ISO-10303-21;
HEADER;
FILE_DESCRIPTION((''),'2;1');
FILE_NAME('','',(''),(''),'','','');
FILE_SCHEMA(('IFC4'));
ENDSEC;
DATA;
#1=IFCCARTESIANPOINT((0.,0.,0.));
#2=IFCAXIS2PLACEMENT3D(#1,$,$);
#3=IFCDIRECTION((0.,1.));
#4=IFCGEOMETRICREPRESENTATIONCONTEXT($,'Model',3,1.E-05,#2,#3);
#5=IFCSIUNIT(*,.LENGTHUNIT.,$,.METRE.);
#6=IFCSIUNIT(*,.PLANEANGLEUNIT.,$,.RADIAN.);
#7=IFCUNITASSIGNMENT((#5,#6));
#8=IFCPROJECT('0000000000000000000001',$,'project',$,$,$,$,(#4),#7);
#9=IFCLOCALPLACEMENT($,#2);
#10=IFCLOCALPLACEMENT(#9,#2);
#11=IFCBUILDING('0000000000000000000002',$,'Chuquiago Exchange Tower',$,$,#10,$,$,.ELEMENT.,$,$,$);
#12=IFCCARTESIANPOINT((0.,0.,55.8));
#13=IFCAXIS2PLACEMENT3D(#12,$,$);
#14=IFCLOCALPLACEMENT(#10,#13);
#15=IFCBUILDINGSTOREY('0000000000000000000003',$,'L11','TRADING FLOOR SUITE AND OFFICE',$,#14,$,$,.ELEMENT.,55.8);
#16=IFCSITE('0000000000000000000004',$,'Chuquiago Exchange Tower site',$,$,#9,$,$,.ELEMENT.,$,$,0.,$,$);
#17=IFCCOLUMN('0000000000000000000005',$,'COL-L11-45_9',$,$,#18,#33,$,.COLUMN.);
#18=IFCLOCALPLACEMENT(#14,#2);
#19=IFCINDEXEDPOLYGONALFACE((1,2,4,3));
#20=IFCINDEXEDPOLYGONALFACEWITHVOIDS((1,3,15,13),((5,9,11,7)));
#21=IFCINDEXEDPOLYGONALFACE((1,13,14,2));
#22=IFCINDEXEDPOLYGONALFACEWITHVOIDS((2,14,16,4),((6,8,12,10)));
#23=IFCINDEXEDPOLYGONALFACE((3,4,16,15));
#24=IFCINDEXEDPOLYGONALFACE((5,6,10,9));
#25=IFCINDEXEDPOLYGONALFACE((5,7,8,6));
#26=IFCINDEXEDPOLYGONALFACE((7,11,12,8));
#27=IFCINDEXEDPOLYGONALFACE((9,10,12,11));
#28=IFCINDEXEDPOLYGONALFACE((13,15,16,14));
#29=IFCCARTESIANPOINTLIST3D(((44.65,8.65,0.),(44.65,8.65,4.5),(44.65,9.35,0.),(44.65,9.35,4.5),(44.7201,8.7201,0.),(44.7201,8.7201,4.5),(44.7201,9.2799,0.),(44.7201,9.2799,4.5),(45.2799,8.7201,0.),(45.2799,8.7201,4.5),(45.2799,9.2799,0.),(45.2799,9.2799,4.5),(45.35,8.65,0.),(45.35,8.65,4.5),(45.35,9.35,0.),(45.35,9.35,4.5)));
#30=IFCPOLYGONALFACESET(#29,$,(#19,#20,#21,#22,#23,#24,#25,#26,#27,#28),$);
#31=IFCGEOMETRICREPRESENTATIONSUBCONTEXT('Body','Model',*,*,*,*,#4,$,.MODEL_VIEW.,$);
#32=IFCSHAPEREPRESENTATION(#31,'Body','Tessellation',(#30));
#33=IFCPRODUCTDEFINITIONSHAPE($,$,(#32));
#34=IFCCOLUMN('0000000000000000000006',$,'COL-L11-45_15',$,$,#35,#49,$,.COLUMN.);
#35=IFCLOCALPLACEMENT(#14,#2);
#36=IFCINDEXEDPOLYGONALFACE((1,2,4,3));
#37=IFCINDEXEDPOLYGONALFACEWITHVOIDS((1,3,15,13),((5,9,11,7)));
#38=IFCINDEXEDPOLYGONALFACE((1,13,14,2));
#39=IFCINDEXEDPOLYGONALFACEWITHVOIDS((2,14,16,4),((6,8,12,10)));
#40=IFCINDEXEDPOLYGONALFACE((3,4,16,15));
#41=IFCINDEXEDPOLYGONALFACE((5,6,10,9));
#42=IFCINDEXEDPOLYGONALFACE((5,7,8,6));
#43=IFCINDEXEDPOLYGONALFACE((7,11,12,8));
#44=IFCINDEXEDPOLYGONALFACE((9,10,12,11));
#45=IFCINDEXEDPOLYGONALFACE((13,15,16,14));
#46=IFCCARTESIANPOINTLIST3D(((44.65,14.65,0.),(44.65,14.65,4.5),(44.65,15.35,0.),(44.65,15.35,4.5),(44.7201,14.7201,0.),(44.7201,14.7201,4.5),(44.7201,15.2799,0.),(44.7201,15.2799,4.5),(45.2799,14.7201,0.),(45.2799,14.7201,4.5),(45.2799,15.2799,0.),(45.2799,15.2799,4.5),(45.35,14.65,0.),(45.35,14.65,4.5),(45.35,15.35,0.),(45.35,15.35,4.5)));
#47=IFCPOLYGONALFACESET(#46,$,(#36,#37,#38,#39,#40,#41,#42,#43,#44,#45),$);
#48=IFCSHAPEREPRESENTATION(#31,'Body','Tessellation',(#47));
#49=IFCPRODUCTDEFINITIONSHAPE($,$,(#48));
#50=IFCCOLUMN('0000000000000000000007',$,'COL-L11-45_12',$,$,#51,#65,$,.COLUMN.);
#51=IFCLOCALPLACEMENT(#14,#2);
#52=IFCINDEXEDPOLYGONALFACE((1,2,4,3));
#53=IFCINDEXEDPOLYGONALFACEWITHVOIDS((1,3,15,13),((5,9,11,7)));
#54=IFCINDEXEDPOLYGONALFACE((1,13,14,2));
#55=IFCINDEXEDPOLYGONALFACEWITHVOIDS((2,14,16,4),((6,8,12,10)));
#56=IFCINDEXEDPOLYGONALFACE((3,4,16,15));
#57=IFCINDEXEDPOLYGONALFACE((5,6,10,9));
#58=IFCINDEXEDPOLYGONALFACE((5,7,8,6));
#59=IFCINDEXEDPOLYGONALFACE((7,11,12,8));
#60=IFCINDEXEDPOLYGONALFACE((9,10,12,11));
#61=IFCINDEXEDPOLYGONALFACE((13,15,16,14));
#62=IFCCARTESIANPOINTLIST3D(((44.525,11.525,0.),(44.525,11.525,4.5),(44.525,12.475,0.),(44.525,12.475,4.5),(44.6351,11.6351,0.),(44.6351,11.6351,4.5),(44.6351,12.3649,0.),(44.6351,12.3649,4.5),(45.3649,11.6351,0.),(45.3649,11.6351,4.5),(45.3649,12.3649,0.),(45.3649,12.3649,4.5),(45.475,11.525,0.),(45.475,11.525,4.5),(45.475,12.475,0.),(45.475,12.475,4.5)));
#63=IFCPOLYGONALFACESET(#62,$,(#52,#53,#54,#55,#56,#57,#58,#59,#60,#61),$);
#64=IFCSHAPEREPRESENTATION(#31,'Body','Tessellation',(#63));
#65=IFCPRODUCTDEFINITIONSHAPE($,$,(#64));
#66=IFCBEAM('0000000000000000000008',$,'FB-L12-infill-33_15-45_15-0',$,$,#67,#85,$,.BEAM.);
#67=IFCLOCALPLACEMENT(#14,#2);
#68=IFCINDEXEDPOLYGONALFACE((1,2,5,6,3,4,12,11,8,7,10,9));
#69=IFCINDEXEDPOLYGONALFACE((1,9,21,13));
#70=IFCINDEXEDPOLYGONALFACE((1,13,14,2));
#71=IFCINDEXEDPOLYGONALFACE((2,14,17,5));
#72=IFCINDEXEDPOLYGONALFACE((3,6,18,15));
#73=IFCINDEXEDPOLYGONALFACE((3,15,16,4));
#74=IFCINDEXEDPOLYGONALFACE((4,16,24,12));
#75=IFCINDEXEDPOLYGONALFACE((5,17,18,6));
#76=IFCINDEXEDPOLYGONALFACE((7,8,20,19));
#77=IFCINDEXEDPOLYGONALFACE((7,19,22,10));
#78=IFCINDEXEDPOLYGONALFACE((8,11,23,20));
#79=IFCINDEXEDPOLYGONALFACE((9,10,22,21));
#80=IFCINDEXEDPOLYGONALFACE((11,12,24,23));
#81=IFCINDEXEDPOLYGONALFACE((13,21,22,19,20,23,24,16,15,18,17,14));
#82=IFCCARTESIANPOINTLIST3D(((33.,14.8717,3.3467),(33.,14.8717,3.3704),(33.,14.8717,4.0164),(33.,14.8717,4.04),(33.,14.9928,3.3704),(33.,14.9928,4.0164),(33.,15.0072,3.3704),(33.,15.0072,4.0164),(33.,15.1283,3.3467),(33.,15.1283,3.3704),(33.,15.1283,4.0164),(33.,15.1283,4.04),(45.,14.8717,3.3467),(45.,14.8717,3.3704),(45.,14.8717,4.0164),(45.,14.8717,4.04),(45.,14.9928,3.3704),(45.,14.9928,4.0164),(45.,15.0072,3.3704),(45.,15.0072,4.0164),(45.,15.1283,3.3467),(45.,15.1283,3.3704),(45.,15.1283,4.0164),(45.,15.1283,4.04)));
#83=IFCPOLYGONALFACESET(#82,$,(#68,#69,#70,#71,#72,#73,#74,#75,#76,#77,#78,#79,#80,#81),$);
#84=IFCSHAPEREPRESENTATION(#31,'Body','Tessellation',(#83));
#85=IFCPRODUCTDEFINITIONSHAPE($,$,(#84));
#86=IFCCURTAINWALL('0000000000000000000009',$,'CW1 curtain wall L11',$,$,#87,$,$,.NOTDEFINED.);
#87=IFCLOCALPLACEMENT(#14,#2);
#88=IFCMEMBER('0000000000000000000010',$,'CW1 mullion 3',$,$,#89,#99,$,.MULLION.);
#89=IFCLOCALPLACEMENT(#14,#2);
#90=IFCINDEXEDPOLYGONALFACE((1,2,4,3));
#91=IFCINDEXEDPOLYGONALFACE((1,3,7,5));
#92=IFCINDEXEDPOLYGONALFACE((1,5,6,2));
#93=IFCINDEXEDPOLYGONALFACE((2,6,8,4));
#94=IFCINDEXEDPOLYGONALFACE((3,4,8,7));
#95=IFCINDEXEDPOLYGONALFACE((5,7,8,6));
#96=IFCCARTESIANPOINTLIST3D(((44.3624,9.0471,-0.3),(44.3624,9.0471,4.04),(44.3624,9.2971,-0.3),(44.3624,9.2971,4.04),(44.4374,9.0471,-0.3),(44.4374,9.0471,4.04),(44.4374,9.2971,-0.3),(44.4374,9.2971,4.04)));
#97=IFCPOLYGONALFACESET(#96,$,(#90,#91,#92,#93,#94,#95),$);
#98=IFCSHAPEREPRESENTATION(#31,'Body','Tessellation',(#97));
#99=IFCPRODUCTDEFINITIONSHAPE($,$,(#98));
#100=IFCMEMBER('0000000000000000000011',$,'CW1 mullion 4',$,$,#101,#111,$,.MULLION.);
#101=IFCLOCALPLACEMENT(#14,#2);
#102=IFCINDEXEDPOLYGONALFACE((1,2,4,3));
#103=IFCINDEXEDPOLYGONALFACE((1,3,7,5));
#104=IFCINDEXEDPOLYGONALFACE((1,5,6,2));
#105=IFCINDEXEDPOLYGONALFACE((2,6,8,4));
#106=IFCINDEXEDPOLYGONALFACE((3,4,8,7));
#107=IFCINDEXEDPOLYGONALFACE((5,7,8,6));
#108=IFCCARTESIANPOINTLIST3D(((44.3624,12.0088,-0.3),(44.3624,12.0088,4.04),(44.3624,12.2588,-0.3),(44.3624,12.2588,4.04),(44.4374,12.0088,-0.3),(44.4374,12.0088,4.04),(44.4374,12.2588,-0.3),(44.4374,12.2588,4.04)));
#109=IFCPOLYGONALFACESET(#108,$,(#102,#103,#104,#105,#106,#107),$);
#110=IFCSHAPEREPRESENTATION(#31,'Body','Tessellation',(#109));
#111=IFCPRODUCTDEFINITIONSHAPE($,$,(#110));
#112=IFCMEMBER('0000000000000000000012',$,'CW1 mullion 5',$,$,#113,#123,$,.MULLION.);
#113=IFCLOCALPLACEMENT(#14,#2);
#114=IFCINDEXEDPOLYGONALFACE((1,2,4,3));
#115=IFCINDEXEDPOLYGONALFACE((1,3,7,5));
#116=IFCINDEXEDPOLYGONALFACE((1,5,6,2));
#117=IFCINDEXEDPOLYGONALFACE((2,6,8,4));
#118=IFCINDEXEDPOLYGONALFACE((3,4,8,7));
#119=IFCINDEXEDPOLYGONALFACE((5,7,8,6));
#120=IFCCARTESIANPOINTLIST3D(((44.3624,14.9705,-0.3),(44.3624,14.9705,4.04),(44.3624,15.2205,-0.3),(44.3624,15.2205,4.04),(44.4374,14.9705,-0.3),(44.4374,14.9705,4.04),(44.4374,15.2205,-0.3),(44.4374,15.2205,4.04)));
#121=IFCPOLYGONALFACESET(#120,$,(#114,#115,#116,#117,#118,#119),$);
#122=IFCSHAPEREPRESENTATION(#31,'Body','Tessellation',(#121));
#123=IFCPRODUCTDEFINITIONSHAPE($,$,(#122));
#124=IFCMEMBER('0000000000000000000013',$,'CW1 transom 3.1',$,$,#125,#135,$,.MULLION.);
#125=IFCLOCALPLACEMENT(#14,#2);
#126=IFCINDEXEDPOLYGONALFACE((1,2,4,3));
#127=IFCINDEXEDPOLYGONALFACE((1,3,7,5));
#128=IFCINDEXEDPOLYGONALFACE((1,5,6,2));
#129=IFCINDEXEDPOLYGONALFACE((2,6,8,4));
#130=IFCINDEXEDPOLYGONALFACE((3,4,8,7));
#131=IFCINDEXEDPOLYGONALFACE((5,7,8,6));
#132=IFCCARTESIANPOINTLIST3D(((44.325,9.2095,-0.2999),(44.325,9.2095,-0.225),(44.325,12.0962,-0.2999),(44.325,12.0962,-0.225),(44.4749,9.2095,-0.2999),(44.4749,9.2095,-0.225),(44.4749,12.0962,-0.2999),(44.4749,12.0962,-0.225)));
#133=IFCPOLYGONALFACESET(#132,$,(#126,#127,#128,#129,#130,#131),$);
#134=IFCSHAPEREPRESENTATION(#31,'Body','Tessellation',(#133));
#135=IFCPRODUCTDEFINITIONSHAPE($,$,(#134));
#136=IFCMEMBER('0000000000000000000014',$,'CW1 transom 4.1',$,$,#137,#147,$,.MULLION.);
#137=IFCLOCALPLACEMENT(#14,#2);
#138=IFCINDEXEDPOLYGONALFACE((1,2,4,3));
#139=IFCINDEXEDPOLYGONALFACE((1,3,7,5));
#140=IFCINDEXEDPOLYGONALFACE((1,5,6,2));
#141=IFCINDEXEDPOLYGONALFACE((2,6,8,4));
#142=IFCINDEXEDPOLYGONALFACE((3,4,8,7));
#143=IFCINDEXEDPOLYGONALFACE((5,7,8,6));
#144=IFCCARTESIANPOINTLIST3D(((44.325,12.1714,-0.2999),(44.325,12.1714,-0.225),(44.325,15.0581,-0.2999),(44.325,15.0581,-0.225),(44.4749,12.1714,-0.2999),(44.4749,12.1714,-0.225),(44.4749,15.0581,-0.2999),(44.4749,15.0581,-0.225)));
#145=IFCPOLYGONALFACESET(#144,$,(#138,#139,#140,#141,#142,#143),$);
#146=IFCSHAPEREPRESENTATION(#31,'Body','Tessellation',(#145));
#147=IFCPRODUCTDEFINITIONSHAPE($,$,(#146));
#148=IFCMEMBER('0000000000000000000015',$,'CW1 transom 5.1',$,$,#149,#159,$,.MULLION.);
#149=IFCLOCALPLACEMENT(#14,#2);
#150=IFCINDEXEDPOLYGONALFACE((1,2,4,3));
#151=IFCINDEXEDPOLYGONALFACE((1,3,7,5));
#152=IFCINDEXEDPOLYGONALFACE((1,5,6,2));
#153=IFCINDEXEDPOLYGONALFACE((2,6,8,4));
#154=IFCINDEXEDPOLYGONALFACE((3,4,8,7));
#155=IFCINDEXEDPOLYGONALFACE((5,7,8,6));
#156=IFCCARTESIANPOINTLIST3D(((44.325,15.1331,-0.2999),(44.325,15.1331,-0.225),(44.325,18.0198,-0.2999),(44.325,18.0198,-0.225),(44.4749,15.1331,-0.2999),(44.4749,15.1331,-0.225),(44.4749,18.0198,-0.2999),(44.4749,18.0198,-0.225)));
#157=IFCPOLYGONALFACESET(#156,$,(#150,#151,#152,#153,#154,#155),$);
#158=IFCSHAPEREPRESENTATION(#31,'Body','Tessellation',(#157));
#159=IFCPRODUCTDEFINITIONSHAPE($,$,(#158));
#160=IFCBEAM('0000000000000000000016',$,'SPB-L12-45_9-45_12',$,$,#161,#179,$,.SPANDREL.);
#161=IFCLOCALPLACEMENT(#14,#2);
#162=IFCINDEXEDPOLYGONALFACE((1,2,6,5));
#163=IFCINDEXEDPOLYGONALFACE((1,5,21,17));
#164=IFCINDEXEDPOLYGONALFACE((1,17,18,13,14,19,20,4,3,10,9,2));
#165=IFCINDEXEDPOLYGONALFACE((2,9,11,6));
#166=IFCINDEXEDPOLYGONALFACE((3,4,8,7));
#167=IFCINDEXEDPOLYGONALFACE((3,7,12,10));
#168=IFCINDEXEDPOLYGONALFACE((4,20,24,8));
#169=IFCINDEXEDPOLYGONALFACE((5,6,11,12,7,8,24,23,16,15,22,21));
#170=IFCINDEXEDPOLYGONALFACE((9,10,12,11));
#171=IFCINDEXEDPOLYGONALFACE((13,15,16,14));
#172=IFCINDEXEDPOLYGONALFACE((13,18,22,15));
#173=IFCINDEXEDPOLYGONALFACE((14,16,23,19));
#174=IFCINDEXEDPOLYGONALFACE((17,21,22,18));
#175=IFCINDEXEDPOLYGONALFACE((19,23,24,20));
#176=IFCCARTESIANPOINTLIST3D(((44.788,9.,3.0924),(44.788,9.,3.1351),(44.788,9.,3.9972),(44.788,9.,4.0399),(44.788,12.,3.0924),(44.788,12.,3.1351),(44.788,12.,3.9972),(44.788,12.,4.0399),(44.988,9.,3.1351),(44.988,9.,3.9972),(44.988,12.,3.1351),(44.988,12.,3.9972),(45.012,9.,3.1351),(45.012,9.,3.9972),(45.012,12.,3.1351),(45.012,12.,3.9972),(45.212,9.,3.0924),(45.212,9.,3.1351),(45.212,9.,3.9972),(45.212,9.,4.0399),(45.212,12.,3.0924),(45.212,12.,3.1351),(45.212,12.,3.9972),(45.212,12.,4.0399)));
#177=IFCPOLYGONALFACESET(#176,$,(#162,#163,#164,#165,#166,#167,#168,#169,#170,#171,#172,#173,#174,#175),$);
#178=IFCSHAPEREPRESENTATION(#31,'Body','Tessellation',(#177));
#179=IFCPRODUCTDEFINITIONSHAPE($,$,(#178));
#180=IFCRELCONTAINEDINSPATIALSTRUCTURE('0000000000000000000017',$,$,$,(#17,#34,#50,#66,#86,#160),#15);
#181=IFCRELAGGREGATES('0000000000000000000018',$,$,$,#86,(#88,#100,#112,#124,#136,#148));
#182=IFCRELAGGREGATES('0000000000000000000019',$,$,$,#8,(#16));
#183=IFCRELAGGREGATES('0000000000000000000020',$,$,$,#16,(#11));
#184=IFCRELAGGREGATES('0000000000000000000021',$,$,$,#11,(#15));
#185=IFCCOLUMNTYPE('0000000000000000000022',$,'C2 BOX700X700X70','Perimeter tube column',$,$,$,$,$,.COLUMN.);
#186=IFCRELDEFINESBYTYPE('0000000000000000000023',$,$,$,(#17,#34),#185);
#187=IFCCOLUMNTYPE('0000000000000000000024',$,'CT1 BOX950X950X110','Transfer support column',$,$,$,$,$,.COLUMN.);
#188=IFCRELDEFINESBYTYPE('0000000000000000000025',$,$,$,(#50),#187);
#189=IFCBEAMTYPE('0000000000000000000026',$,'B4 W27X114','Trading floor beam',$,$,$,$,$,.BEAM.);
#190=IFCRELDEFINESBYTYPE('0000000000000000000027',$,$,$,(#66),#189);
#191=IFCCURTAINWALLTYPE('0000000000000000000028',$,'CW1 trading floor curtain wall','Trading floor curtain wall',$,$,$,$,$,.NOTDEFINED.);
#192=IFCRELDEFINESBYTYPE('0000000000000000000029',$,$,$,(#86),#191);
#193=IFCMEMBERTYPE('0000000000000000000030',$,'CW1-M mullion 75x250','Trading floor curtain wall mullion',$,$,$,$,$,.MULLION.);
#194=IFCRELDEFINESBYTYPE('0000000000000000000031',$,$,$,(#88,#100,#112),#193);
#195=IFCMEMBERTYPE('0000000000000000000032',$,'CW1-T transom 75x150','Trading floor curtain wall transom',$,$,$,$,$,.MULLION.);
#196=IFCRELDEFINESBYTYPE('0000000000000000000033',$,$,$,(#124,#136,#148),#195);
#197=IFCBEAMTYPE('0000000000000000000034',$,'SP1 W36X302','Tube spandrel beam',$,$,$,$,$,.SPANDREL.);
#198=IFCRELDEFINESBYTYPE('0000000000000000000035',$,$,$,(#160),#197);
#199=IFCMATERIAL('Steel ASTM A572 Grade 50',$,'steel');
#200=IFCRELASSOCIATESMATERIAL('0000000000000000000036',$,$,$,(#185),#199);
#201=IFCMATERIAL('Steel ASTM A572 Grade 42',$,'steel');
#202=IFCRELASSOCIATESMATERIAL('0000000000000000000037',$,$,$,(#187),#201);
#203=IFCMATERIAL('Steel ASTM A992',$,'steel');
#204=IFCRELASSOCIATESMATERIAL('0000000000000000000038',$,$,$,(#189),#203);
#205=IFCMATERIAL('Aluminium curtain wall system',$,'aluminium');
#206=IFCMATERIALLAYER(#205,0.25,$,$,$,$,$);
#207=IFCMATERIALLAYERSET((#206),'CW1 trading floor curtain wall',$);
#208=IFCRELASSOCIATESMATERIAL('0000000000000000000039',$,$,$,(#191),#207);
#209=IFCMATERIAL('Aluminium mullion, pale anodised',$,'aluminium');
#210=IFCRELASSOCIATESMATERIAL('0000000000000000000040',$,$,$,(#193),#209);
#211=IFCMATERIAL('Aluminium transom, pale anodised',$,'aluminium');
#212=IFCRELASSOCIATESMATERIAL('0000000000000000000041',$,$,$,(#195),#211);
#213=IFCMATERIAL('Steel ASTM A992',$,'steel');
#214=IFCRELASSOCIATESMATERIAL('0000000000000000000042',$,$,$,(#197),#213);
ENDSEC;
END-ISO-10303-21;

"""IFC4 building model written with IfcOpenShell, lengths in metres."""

from ifc_helpers import new_model, si_unit, direction, frame, origin, origin_2d, place, context, subcontext, project, spatial, rectangle, hollow_rectangle, i_section, extrude, material, layer, layer_set, material_profile, profile_set, type_object, element, aggregate, save


model = new_model("IFC4")

# Units and contexts
model_context = context("Model", 3, precision=1e-05, world=origin(), true_north=direction((0.0, 1.0)))
body_context = subcontext(model_context, "Body", "Model", "MODEL_VIEW")
ifc_project = project(units=[si_unit("LENGTHUNIT", "METRE"), si_unit("PLANEANGLEUNIT", "RADIAN")], contexts=[model_context])

# Site, building, storey
site_placement = place(None, origin())
site = spatial("IfcSite", under=ifc_project, at=site_placement, Name="Chuquiago Exchange Tower site", CompositionType="ELEMENT", RefElevation=0.0)
building_placement = place(site_placement, origin())
building = spatial("IfcBuilding", under=site, at=building_placement, Name="Chuquiago Exchange Tower", CompositionType="ELEMENT")
storey_placement = place(building_placement, frame((0.0, 0.0, 55.8)))
storey = spatial("IfcBuildingStorey", under=building, at=storey_placement, Name="L11", Description="TRADING FLOOR SUITE AND OFFICE", CompositionType="ELEMENT", Elevation=55.8)

# Columns
ifc_material_1 = material(Name="Steel ASTM A572 Grade 50", Category="steel")
ifc_material_profile_1 = material_profile(ifc_material_1, hollow_rectangle(XDim=0.7, YDim=0.7, WallThickness=0.0701, at=origin_2d()), Name="BOX700X700X70")
ifc_profile_set_1 = profile_set([ifc_material_profile_1], Name="Steel ASTM A572 Grade 50")
column_type_1 = type_object("IfcColumnType", Name="C2 BOX700X700X70", Description="Perimeter tube column", PredefinedType="COLUMN", material=ifc_profile_set_1)
for number, where, z_axis, x_axis, name in (
    (1, (45.0, 9.0, 0.0), (0.0, 0.0, 1.0), (1.0, 0.0, 0.0), "COL-L11-45_9"),
    (2, (45.0, 15.0, 0.0), (0.0, 0.0, 1.0), (1.0, 0.0, 0.0), "COL-L11-45_15"),
):
    element("IfcColumn", number, at=place(storey_placement, frame(where, z_axis=z_axis, x_axis=x_axis)), inside=storey, type_object=column_type_1, Name=name, PredefinedType="COLUMN", context=body_context, shape_type="SweptSolid", body=[
        extrude(hollow_rectangle(XDim=0.7, YDim=0.7, WallThickness=0.0701, at=origin_2d()), origin(), (0.0, 0.0, 1.0), 4.5),
    ])
ifc_material_2 = material(Name="Steel ASTM A572 Grade 42", Category="steel")
ifc_material_profile_2 = material_profile(ifc_material_2, hollow_rectangle(XDim=0.95, YDim=0.95, WallThickness=0.1101, at=origin_2d()), Name="BOX950X950X110")
ifc_profile_set_2 = profile_set([ifc_material_profile_2], Name="Steel ASTM A572 Grade 42")
column_type_2 = type_object("IfcColumnType", Name="CT1 BOX950X950X110", Description="Transfer support column", PredefinedType="COLUMN", material=ifc_profile_set_2)
column_placement = place(storey_placement, frame((45.0, 12.0, 0.0), z_axis=(0.0, 0.0, 1.0), x_axis=(1.0, 0.0, 0.0)))
element("IfcColumn", 3, at=column_placement, inside=storey, type_object=column_type_2, Name="COL-L11-45_12", PredefinedType="COLUMN", context=body_context, shape_type="SweptSolid", body=[
    extrude(hollow_rectangle(XDim=0.95, YDim=0.95, WallThickness=0.1101, at=origin_2d()), origin(), (0.0, 0.0, 1.0), 4.5),
])

# Beam
ifc_material_3 = material(Name="Steel ASTM A992", Category="steel")
ifc_material_profile_3 = material_profile(ifc_material_3, i_section(OverallWidth=0.2566, OverallDepth=0.6934, WebThickness=0.0144, FlangeThickness=0.0237, at=origin_2d()), Name="W27X114")
ifc_profile_set_3 = profile_set([ifc_material_profile_3], Name="Steel ASTM A992")
beam_type_1 = type_object("IfcBeamType", Name="B4 W27X114", Description="Trading floor beam", PredefinedType="BEAM", material=ifc_profile_set_3)
beam_placement = place(storey_placement, frame((33.0, 15.0, 3.6934), z_axis=(1.0, 0.0, 0.0), x_axis=(0.0, 1.0, 0.0)))
element("IfcBeam", 4, at=beam_placement, inside=storey, type_object=beam_type_1, Name="FB-L12-infill-33_15-45_15-0", PredefinedType="BEAM", context=body_context, shape_type="SweptSolid", body=[
    extrude(i_section(OverallWidth=0.2566, OverallDepth=0.6934, WebThickness=0.0144, FlangeThickness=0.0237, at=origin_2d()), origin(), (0.0, 0.0, 1.0), 12.0),
])

# Curtain wall, members
ifc_material_4 = material(Name="Aluminium curtain wall system", Category="aluminium")
ifc_layer_1 = layer(ifc_material_4, 0.25)
ifc_layer_set_1 = layer_set([ifc_layer_1], Name="CW1 trading floor curtain wall")
curtain_wall_type = type_object("IfcCurtainWallType", Name="CW1 trading floor curtain wall", Description="Trading floor curtain wall", PredefinedType="NOTDEFINED", material=ifc_layer_set_1)
curtain_wall_placement = place(storey_placement, origin())
curtain_wall = element("IfcCurtainWall", 5, at=curtain_wall_placement, inside=storey, type_object=curtain_wall_type, Name="CW1 curtain wall L11", PredefinedType="NOTDEFINED")
ifc_material_5 = material(Name="Aluminium mullion, pale anodised", Category="aluminium")
ifc_material_profile_4 = material_profile(ifc_material_5, rectangle(XDim=0.075, YDim=0.25, at=origin_2d()), Name="AL 75x250")
ifc_profile_set_4 = profile_set([ifc_material_profile_4], Name="Aluminium mullion, pale anodised")
member_type_1 = type_object("IfcMemberType", Name="CW1-M mullion 75x250", Description="Trading floor curtain wall mullion", PredefinedType="MULLION", material=ifc_profile_set_4)
member_1_placement = place(storey_placement, frame((44.3999, 9.1721, -0.3), z_axis=(0.0, 0.0, 1.0), x_axis=(-1.0, 0.0, 0.0)))
member_1 = element("IfcMember", 6, at=member_1_placement, type_object=member_type_1, Name="CW1 mullion 3", PredefinedType="MULLION", context=body_context, shape_type="SweptSolid", body=[
    extrude(rectangle(XDim=0.075, YDim=0.25, at=origin_2d()), origin(), (0.0, 0.0, 1.0), 4.3401),
])
member_2_placement = place(storey_placement, frame((44.3999, 12.1338, -0.3), z_axis=(0.0, 0.0, 1.0), x_axis=(-1.0, 0.0, 0.0)))
member_2 = element("IfcMember", 7, at=member_2_placement, type_object=member_type_1, Name="CW1 mullion 4", PredefinedType="MULLION", context=body_context, shape_type="SweptSolid", body=[
    extrude(rectangle(XDim=0.075, YDim=0.25, at=origin_2d()), origin(), (0.0, 0.0, 1.0), 4.3401),
])
member_3_placement = place(storey_placement, frame((44.3999, 15.0955, -0.3), z_axis=(0.0, 0.0, 1.0), x_axis=(-1.0, 0.0, 0.0)))
member_3 = element("IfcMember", 8, at=member_3_placement, type_object=member_type_1, Name="CW1 mullion 5", PredefinedType="MULLION", context=body_context, shape_type="SweptSolid", body=[
    extrude(rectangle(XDim=0.075, YDim=0.25, at=origin_2d()), origin(), (0.0, 0.0, 1.0), 4.3401),
])
ifc_material_6 = material(Name="Aluminium transom, pale anodised", Category="aluminium")
ifc_material_profile_5 = material_profile(ifc_material_6, rectangle(XDim=0.1499, YDim=0.075, at=origin_2d()), Name="AL 150x75")
ifc_profile_set_5 = profile_set([ifc_material_profile_5], Name="Aluminium transom, pale anodised")
member_type_2 = type_object("IfcMemberType", Name="CW1-T transom 75x150", Description="Trading floor curtain wall transom", PredefinedType="MULLION", material=ifc_profile_set_5)
member_4_placement = place(storey_placement, frame((44.3999, 9.2095, -0.2625), z_axis=(0.0, 1.0, 0.0), x_axis=(-1.0, 0.0, 0.0)))
member_4 = element("IfcMember", 9, at=member_4_placement, type_object=member_type_2, Name="CW1 transom 3.1", PredefinedType="MULLION", context=body_context, shape_type="SweptSolid", body=[
    extrude(rectangle(XDim=0.1499, YDim=0.075, at=origin_2d()), origin(), (0.0, 0.0, 1.0), 2.8867),
])
member_5_placement = place(storey_placement, frame((44.3999, 12.1714, -0.2625), z_axis=(0.0, 1.0, 0.0), x_axis=(-1.0, 0.0, 0.0)))
member_5 = element("IfcMember", 10, at=member_5_placement, type_object=member_type_2, Name="CW1 transom 4.1", PredefinedType="MULLION", context=body_context, shape_type="SweptSolid", body=[
    extrude(rectangle(XDim=0.1499, YDim=0.075, at=origin_2d()), origin(), (0.0, 0.0, 1.0), 2.8867),
])
member_6_placement = place(storey_placement, frame((44.3999, 15.1331, -0.2625), z_axis=(0.0, 1.0, 0.0), x_axis=(-1.0, 0.0, 0.0)))
member_6 = element("IfcMember", 11, at=member_6_placement, type_object=member_type_2, Name="CW1 transom 5.1", PredefinedType="MULLION", context=body_context, shape_type="SweptSolid", body=[
    extrude(rectangle(XDim=0.1499, YDim=0.075, at=origin_2d()), origin(), (0.0, 0.0, 1.0), 2.8867),
])

# Beam
ifc_material_7 = material(Name="Steel ASTM A992", Category="steel")
ifc_material_profile_6 = material_profile(ifc_material_7, i_section(OverallWidth=0.4241, OverallDepth=0.9475, WebThickness=0.0239, FlangeThickness=0.0427, at=origin_2d()), Name="W36X302")
ifc_profile_set_6 = profile_set([ifc_material_profile_6], Name="Steel ASTM A992")
beam_type_2 = type_object("IfcBeamType", Name="SP1 W36X302", Description="Tube spandrel beam", PredefinedType="SPANDREL", material=ifc_profile_set_6)
for number, where, z_axis, x_axis, name in (
    (12, (45.0, 9.0, 3.5662), (0.0, 1.0, 0.0), (-1.0, 0.0, 0.0), "SPB-L12-45_9-45_12"),
):
    element("IfcBeam", number, at=place(storey_placement, frame(where, z_axis=z_axis, x_axis=x_axis)), inside=storey, type_object=beam_type_2, Name=name, PredefinedType="SPANDREL", context=body_context, shape_type="SweptSolid", body=[
        extrude(i_section(OverallWidth=0.4241, OverallDepth=0.9475, WebThickness=0.0239, FlangeThickness=0.0427, at=origin_2d()), origin(), (0.0, 0.0, 1.0), 3.0),
    ])

aggregate(curtain_wall, [member_1, member_2, member_3, member_4, member_5, member_6])

save(model, "model.ifc")
